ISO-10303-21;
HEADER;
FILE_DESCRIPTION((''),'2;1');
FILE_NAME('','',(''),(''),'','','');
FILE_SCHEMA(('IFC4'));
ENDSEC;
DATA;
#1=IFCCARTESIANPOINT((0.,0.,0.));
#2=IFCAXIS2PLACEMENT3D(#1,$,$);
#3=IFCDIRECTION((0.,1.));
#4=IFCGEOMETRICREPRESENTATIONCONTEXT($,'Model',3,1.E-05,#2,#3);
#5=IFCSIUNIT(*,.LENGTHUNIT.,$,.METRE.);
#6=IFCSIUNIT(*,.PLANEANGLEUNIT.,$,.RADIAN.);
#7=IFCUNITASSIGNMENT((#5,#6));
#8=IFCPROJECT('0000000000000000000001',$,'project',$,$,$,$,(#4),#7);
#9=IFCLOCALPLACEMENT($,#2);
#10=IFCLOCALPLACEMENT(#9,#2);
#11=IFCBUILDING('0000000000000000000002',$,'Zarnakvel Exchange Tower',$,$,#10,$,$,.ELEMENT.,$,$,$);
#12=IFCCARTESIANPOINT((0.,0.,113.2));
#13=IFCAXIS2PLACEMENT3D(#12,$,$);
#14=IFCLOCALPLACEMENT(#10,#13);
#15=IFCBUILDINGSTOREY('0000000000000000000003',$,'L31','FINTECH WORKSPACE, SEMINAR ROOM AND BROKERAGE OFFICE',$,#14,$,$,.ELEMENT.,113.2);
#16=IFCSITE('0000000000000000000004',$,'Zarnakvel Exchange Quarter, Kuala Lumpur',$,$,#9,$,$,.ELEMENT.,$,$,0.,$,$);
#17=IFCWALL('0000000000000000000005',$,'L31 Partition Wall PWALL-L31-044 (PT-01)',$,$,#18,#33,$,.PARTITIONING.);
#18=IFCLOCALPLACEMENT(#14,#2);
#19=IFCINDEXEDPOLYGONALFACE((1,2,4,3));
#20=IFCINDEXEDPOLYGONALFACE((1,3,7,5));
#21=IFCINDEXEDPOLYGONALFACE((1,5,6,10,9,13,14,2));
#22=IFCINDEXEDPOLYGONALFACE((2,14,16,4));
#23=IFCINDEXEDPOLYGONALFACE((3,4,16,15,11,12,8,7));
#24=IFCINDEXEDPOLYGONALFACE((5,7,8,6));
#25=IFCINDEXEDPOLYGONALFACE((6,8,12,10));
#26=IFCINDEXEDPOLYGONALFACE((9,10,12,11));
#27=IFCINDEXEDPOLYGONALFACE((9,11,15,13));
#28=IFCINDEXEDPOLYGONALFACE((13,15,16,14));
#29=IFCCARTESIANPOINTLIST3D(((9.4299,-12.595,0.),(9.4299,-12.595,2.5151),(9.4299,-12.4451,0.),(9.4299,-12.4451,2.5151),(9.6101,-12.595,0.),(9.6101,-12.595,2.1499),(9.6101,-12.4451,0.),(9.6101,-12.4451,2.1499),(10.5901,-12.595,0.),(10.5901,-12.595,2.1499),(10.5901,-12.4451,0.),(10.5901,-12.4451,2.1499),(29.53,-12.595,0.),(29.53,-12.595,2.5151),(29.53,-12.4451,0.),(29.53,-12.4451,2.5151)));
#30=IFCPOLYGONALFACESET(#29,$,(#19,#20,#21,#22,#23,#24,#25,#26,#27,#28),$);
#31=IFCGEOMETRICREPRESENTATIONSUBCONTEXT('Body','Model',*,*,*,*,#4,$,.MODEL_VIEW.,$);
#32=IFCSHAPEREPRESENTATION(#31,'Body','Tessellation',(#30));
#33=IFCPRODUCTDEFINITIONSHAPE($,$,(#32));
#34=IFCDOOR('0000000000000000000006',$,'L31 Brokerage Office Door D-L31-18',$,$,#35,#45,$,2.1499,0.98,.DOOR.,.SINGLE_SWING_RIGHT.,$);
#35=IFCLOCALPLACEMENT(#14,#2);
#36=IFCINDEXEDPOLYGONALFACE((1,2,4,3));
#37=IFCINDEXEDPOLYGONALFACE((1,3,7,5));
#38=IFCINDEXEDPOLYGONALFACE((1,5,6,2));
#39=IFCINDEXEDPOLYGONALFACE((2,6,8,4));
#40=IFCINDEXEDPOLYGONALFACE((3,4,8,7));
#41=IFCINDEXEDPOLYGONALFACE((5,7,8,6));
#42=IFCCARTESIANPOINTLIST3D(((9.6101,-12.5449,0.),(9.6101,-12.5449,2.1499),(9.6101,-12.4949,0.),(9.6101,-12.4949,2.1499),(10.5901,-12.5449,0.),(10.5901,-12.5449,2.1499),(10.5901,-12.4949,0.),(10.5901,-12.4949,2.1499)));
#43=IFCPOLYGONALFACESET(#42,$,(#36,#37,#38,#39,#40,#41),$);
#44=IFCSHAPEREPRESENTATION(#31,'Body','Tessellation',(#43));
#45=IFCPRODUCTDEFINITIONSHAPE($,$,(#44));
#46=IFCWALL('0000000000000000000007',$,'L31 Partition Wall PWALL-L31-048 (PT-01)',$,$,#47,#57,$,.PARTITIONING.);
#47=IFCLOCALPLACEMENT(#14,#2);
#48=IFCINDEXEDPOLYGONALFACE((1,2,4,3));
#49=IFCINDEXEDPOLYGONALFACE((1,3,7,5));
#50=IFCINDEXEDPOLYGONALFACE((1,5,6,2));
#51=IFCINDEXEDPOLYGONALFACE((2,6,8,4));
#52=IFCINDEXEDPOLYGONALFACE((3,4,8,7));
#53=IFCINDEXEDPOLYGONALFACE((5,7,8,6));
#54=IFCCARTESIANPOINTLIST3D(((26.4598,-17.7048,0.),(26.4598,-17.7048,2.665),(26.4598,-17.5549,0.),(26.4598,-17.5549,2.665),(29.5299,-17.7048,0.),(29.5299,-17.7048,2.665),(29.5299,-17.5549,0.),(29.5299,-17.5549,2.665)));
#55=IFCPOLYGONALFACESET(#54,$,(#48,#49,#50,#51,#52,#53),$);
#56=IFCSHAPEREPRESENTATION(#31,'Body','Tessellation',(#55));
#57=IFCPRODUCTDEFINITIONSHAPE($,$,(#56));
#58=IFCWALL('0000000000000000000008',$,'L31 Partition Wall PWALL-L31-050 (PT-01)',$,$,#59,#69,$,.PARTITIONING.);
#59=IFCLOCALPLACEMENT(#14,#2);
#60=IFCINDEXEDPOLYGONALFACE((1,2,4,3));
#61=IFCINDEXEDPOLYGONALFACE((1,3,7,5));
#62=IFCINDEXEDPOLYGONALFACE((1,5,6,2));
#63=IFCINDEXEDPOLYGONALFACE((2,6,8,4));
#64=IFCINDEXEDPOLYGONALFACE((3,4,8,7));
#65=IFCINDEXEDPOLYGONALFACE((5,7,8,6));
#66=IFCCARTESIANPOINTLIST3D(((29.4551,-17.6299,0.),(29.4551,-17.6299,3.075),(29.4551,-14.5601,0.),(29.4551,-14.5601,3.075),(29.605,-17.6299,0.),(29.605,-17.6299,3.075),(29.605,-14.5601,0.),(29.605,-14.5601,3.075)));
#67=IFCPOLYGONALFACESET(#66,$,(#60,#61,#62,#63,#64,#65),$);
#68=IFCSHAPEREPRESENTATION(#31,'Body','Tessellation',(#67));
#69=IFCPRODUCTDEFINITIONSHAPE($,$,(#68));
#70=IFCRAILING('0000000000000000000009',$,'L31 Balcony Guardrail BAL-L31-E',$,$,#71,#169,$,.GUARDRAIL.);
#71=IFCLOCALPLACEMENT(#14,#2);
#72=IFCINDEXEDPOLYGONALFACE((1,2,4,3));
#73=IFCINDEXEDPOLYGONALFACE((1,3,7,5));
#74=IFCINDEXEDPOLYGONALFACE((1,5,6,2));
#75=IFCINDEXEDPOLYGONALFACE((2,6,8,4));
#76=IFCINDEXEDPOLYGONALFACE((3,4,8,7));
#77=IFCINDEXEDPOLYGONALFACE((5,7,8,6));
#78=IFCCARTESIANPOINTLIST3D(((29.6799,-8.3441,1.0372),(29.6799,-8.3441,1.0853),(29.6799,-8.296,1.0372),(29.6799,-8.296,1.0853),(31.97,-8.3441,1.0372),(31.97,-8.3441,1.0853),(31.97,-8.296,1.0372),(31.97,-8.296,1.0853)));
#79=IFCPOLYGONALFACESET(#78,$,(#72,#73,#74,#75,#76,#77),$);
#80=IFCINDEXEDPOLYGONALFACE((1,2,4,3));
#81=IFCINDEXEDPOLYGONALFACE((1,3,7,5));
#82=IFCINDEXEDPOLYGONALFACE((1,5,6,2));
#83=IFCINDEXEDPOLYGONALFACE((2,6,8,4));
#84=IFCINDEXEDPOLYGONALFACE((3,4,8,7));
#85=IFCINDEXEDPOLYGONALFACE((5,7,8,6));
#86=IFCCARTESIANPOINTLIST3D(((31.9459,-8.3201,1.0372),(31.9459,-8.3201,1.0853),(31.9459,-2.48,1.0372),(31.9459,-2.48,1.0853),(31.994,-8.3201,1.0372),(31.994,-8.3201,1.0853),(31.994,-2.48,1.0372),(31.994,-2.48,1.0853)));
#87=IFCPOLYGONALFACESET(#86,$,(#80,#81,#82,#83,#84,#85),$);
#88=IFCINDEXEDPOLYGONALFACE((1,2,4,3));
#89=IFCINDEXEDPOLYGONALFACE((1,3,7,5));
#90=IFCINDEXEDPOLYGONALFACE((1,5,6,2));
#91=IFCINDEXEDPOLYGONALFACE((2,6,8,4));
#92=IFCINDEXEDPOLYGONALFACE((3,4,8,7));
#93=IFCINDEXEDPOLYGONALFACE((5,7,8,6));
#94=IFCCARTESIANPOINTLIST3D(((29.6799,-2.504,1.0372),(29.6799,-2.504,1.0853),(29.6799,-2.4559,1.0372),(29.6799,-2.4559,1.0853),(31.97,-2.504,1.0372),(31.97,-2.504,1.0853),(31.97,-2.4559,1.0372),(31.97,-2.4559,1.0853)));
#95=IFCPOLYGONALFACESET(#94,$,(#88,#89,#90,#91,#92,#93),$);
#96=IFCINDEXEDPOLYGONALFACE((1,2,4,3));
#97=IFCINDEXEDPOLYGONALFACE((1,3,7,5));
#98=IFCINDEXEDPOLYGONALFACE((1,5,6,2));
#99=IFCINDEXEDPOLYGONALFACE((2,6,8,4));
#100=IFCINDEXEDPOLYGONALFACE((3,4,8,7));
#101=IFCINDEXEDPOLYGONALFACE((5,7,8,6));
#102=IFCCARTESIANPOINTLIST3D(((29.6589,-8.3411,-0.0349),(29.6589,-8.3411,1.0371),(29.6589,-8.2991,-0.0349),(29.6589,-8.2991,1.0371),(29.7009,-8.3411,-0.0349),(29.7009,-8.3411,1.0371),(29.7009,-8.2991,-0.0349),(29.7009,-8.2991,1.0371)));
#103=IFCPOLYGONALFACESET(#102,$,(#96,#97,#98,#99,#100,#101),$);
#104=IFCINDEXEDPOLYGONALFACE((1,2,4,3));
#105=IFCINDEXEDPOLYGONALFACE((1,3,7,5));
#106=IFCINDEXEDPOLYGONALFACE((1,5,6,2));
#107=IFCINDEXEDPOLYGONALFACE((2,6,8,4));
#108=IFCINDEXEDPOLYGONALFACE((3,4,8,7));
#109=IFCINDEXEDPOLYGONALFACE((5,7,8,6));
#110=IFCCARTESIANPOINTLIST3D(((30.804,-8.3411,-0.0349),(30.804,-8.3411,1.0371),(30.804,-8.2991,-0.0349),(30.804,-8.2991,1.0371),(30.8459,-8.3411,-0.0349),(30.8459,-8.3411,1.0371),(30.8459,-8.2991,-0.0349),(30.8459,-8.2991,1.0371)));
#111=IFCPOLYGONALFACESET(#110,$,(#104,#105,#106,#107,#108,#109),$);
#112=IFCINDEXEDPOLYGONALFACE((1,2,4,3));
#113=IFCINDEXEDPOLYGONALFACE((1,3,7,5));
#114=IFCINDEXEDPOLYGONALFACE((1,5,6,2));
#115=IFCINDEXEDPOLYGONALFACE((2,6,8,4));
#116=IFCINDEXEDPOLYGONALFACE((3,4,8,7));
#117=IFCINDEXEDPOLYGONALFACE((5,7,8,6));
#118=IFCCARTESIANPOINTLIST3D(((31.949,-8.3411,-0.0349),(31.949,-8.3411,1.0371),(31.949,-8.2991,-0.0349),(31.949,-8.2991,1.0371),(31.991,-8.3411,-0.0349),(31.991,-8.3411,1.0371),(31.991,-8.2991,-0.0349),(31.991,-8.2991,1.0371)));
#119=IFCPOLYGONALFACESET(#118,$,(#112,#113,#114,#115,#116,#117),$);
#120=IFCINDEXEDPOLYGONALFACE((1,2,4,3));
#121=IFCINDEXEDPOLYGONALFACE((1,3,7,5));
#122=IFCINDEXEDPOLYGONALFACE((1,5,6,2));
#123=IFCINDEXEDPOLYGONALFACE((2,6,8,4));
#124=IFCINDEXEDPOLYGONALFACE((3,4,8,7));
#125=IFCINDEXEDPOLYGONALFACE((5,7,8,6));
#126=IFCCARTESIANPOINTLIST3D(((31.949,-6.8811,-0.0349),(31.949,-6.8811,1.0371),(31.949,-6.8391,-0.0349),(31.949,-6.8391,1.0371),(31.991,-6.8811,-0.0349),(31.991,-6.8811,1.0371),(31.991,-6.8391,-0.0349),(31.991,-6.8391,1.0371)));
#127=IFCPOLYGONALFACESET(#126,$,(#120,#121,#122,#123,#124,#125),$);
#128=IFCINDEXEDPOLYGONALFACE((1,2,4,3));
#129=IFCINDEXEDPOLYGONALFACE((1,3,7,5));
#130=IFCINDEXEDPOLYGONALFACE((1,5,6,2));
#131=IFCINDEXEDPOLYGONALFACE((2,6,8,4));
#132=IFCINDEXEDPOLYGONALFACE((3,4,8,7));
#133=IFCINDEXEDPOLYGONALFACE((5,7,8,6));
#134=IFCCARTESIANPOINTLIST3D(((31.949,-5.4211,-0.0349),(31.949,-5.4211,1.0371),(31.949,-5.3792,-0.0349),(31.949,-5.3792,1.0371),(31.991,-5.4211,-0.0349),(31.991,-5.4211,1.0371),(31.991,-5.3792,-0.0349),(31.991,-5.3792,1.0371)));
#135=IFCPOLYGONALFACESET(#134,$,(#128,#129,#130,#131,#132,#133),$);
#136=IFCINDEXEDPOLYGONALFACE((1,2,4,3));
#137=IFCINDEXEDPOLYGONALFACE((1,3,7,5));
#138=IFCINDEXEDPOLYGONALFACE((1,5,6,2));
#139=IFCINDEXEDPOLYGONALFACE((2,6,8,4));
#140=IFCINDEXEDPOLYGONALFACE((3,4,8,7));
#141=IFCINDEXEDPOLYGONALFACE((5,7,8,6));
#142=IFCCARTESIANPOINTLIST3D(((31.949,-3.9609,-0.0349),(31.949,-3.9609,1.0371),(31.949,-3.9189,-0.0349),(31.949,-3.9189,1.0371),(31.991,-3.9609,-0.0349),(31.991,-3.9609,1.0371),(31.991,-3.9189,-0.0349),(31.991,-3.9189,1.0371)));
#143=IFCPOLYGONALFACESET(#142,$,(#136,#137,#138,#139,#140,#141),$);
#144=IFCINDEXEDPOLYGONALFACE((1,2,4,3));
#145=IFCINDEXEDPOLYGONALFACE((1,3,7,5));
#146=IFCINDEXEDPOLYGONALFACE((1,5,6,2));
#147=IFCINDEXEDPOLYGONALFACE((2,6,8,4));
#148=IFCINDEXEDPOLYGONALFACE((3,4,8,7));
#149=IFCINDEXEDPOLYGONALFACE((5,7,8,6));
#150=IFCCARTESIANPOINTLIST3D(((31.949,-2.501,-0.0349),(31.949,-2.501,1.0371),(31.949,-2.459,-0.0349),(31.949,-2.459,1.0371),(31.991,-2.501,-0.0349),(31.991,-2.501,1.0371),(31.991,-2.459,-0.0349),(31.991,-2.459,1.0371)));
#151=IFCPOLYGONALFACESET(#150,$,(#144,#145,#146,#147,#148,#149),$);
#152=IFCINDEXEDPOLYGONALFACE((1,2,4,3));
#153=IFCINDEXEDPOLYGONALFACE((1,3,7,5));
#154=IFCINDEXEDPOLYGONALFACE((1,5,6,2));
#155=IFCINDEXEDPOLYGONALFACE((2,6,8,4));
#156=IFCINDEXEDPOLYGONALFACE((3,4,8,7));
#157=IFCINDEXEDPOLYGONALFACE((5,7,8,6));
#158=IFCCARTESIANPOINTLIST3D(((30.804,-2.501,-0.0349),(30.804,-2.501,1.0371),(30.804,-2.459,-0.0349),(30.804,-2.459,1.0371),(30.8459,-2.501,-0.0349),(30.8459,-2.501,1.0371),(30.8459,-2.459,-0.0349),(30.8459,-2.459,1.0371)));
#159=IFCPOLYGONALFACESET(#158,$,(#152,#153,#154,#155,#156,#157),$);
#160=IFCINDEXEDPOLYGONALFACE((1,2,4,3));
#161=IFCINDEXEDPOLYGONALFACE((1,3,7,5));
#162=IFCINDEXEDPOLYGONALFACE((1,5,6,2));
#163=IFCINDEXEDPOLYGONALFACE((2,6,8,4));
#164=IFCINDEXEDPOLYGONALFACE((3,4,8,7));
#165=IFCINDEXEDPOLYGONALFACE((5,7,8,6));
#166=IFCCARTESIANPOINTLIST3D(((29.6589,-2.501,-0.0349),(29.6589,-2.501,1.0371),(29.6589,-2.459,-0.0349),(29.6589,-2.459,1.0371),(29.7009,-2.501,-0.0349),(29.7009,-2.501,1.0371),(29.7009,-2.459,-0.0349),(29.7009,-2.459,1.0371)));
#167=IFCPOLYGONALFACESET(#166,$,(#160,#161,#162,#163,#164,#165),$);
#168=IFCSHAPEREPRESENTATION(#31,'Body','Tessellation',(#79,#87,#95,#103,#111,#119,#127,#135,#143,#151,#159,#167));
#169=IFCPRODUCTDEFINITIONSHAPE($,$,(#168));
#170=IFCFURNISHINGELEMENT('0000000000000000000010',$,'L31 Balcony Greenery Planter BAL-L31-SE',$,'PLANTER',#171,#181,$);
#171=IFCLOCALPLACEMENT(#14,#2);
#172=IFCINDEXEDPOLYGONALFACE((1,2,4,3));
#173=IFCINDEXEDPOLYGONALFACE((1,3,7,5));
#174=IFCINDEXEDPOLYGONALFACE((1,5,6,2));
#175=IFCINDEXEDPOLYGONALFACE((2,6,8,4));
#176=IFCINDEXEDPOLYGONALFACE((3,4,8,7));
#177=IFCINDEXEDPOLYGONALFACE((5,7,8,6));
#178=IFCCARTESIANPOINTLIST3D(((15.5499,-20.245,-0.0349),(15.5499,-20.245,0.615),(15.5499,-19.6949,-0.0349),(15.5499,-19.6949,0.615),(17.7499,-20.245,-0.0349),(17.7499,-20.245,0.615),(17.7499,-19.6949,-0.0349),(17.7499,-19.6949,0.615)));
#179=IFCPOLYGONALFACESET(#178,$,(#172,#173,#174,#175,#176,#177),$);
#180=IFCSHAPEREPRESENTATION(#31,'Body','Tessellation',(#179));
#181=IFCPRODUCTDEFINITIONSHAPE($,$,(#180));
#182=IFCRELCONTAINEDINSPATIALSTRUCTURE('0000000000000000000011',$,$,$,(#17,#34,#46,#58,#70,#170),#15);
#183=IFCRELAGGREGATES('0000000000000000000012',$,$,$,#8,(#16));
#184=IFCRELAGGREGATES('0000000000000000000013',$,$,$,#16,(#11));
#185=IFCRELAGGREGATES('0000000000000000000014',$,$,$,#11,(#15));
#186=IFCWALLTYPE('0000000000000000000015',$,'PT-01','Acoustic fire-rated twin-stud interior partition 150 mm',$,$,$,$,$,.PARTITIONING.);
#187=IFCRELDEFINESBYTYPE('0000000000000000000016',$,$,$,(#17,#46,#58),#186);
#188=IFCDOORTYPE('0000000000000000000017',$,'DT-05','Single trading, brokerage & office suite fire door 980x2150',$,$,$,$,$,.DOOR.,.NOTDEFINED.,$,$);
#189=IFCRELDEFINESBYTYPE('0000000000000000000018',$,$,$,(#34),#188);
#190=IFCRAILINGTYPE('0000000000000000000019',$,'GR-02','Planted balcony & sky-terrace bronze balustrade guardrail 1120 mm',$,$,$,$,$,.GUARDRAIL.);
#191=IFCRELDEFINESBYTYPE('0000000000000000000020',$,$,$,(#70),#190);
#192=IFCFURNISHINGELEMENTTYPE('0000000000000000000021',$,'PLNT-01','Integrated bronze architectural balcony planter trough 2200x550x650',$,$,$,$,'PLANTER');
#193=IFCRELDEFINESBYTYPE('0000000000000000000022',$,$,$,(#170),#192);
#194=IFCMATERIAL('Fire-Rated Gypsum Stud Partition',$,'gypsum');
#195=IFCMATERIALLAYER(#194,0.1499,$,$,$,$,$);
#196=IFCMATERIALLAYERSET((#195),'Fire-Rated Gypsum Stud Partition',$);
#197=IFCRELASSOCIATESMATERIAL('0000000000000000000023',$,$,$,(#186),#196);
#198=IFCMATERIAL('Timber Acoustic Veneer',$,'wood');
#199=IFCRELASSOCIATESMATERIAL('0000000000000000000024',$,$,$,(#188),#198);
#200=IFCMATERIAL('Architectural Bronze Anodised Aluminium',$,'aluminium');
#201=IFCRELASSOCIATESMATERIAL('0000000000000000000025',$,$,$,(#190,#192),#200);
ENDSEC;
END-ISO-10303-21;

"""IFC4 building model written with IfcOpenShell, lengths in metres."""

from ifc_helpers import new_model, si_unit, direction, frame, frame_2d, origin, origin_2d, place, context, subcontext, project, spatial, rectangle, extrude, source, transform, mapped, material, layer, layer_set, type_object, element, fill, save


model = new_model("IFC4")

# Units and contexts
model_context = context("Model", 3, precision=1e-05, world=origin(), true_north=direction((0.0, 1.0)))
body_context = subcontext(model_context, "Body", "Model", "MODEL_VIEW")
ifc_project = project(units=[si_unit("LENGTHUNIT", "METRE"), si_unit("PLANEANGLEUNIT", "RADIAN")], contexts=[model_context])

# Site, building, storey
site_placement = place(None, origin())
site = spatial("IfcSite", under=ifc_project, at=site_placement, Name="Zarnakvel Exchange Quarter, Kuala Lumpur", CompositionType="ELEMENT", RefElevation=0.0)
building_placement = place(site_placement, origin())
building = spatial("IfcBuilding", under=site, at=building_placement, Name="Zarnakvel Exchange Tower", CompositionType="ELEMENT")
storey_placement = place(building_placement, frame((0.0, 0.0, 113.2)))
storey = spatial("IfcBuildingStorey", under=building, at=storey_placement, Name="L31", Description="FINTECH WORKSPACE, SEMINAR ROOM AND BROKERAGE OFFICE", CompositionType="ELEMENT", Elevation=113.2)

# Shared definitions
ifc_material_1 = material(Name="Architectural Bronze Anodised Aluminium", Category="aluminium")

# Wall, opening, door
ifc_material_2 = material(Name="Fire-Rated Gypsum Stud Partition", Category="gypsum")
ifc_layer_1 = layer(ifc_material_2, 0.1499)
ifc_layer_set_1 = layer_set([ifc_layer_1], Name="Fire-Rated Gypsum Stud Partition")
wall_type_1 = type_object("IfcWallType", Name="PT-01", Description="Acoustic fire-rated twin-stud interior partition 150 mm", PredefinedType="PARTITIONING", material=ifc_layer_set_1)
wall_1_placement = place(storey_placement, frame((29.53, -12.52, 0.0), z_axis=(0.0, 0.0, 1.0), x_axis=(-1.0, 0.0, 0.0)))
wall_1 = element("IfcWall", 1, at=wall_1_placement, inside=storey, type_object=wall_type_1, Name="L31 Partition Wall PWALL-L31-044 (PT-01)", PredefinedType="PARTITIONING", context=body_context, shape_type="SweptSolid", body=[
    extrude(rectangle(XDim=20.1001, YDim=0.1499, at=frame_2d((10.05, 0.0))), origin(), (0.0, 0.0, 1.0), 2.5151),
])
opening_1_placement = place(wall_1_placement, frame((18.9399, 0.0, 0.0)))
opening_1 = element("IfcOpeningElement", 2, at=opening_1_placement, cuts=wall_1, PredefinedType="OPENING", context=body_context, shape_type="SweptSolid", body=[
    extrude(rectangle(XDim=0.98, YDim=2.1499, at=frame_2d((0.49, 1.075))), frame((0.0, 0.085, 0.0), z_axis=(0.0, -1.0, 0.0), x_axis=(1.0, 0.0, 0.0)), (0.0, 0.0, 1.0), 0.1699),
])
ifc_material_3 = material(Name="Timber Acoustic Veneer", Category="wood")
door_type_1 = type_object("IfcDoorType", Name="DT-05", Description="Single trading, brokerage & office suite fire door 980x2150", OperationType="NOTDEFINED", PredefinedType="DOOR", material=ifc_material_3)
shared_shape_1 = source(origin(), body_context, "Body", "SweptSolid", [
    extrude(rectangle(XDim=0.98, YDim=2.1499, at=frame_2d((0.49, 1.075))), frame((0.0, 0.0249, 0.0), z_axis=(0.0, -1.0, 0.0), x_axis=(1.0, 0.0, 0.0)), (0.0, 0.0, 1.0), 0.05),
])
door_1_placement = place(opening_1_placement, origin())
door_1 = element("IfcDoor", 3, at=door_1_placement, inside=storey, type_object=door_type_1, Name="L31 Brokerage Office Door D-L31-18", OperationType="SINGLE_SWING_RIGHT", OverallHeight=2.1499, OverallWidth=0.98, PredefinedType="DOOR", context=body_context, shape_type="MappedRepresentation", body=[
    mapped(shared_shape_1, transform((0.0, 0.0, 0.0), x_axis=(1.0, 0.0, 0.0), y_axis=(0.0, 1.0, 0.0), z_axis=(0.0, 0.0, 1.0), scale=1.0)),
])
fill(opening_1, door_1)

# Walls
wall_2_placement = place(storey_placement, frame((29.53, -17.6299, 0.0), z_axis=(0.0, 0.0, 1.0), x_axis=(-1.0, 0.0, 0.0)))
element("IfcWall", 4, at=wall_2_placement, inside=storey, type_object=wall_type_1, Name="L31 Partition Wall PWALL-L31-048 (PT-01)", PredefinedType="PARTITIONING", context=body_context, shape_type="SweptSolid", body=[
    extrude(rectangle(XDim=3.0701, YDim=0.1499, at=frame_2d((1.5352, 0.0))), origin(), (0.0, 0.0, 1.0), 2.665),
])
wall_3_placement = place(storey_placement, frame((29.53, -14.5601, 0.0), z_axis=(0.0, 0.0, 1.0), x_axis=(0.0, -1.0, 0.0)))
element("IfcWall", 5, at=wall_3_placement, inside=storey, type_object=wall_type_1, Name="L31 Partition Wall PWALL-L31-050 (PT-01)", PredefinedType="PARTITIONING", context=body_context, shape_type="SweptSolid", body=[
    extrude(rectangle(XDim=3.0698, YDim=0.1499, at=frame_2d((1.5349, 0.0))), origin(), (0.0, 0.0, 1.0), 3.075),
])

# Railing
railing_type = type_object("IfcRailingType", Name="GR-02", Description="Planted balcony & sky-terrace bronze balustrade guardrail 1120 mm", PredefinedType="GUARDRAIL", material=ifc_material_1)
railing_placement = place(storey_placement, frame((29.6799, -8.3201, -0.0349)))
element("IfcRailing", 6, at=railing_placement, inside=storey, type_object=railing_type, Name="L31 Balcony Guardrail BAL-L31-E", PredefinedType="GUARDRAIL", context=body_context, shape_type="SweptSolid", body=[
    extrude(rectangle(XDim=0.0481, YDim=0.0481, at=origin_2d()), frame((0.0, 0.0, 1.0962), z_axis=(1.0, 0.0, 0.0), x_axis=(0.0, 1.0, 0.0)), (0.0, 0.0, 1.0), 2.29),
    extrude(rectangle(XDim=0.0481, YDim=0.0481, at=origin_2d()), frame((2.29, 0.0, 1.0962), z_axis=(0.0, 1.0, 0.0), x_axis=(-1.0, 0.0, 0.0)), (0.0, 0.0, 1.0), 5.8401),
    extrude(rectangle(XDim=0.0481, YDim=0.0481, at=origin_2d()), frame((2.29, 5.8401, 1.0962), z_axis=(-1.0, 0.0, 0.0), x_axis=(0.0, -1.0, 0.0)), (0.0, 0.0, 1.0), 2.29),
    extrude(rectangle(XDim=0.042, YDim=0.042, at=origin_2d()), origin(), (0.0, 0.0, 1.0), 1.072),
    extrude(rectangle(XDim=0.042, YDim=0.042, at=origin_2d()), frame((1.145, 0.0, 0.0)), (0.0, 0.0, 1.0), 1.072),
    extrude(rectangle(XDim=0.042, YDim=0.042, at=origin_2d()), frame((2.29, 0.0, 0.0)), (0.0, 0.0, 1.0), 1.072),
    extrude(rectangle(XDim=0.042, YDim=0.042, at=origin_2d()), frame((2.29, 1.46, 0.0)), (0.0, 0.0, 1.0), 1.072),
    extrude(rectangle(XDim=0.042, YDim=0.042, at=origin_2d()), frame((2.29, 2.9199, 0.0)), (0.0, 0.0, 1.0), 1.072),
    extrude(rectangle(XDim=0.042, YDim=0.042, at=origin_2d()), frame((2.29, 4.3801, 0.0)), (0.0, 0.0, 1.0), 1.072),
    extrude(rectangle(XDim=0.042, YDim=0.042, at=origin_2d()), frame((2.29, 5.8401, 0.0)), (0.0, 0.0, 1.0), 1.072),
    extrude(rectangle(XDim=0.042, YDim=0.042, at=origin_2d()), frame((1.145, 5.8401, 0.0)), (0.0, 0.0, 1.0), 1.072),
    extrude(rectangle(XDim=0.042, YDim=0.042, at=origin_2d()), frame((0.0, 5.8401, 0.0)), (0.0, 0.0, 1.0), 1.072),
])

# Furnishing element
furnishing_element_type = type_object("IfcFurnishingElementType", Name="PLNT-01", Description="Integrated bronze architectural balcony planter trough 2200x550x650", ElementType="PLANTER", material=ifc_material_1)
shared_shape_2 = source(origin(), body_context, "Body", "SweptSolid", [
    extrude(rectangle(XDim=2.2, YDim=0.55, at=origin_2d()), origin(), (0.0, 0.0, 1.0), 0.6499),
])
furnishing_placement = place(storey_placement, frame((16.6499, -19.97, -0.0349), z_axis=(0.0, 0.0, 1.0), x_axis=(1.0, 0.0, 0.0)))
element("IfcFurnishingElement", 7, at=furnishing_placement, inside=storey, type_object=furnishing_element_type, Name="L31 Balcony Greenery Planter BAL-L31-SE", ObjectType="PLANTER", context=body_context, shape_type="MappedRepresentation", body=[
    mapped(shared_shape_2, transform((0.0, 0.0, 0.0), x_axis=(1.0, 0.0, 0.0), y_axis=(0.0, 1.0, 0.0), z_axis=(0.0, 0.0, 1.0), scale=1.0)),
])

save(model, "model.ifc")
